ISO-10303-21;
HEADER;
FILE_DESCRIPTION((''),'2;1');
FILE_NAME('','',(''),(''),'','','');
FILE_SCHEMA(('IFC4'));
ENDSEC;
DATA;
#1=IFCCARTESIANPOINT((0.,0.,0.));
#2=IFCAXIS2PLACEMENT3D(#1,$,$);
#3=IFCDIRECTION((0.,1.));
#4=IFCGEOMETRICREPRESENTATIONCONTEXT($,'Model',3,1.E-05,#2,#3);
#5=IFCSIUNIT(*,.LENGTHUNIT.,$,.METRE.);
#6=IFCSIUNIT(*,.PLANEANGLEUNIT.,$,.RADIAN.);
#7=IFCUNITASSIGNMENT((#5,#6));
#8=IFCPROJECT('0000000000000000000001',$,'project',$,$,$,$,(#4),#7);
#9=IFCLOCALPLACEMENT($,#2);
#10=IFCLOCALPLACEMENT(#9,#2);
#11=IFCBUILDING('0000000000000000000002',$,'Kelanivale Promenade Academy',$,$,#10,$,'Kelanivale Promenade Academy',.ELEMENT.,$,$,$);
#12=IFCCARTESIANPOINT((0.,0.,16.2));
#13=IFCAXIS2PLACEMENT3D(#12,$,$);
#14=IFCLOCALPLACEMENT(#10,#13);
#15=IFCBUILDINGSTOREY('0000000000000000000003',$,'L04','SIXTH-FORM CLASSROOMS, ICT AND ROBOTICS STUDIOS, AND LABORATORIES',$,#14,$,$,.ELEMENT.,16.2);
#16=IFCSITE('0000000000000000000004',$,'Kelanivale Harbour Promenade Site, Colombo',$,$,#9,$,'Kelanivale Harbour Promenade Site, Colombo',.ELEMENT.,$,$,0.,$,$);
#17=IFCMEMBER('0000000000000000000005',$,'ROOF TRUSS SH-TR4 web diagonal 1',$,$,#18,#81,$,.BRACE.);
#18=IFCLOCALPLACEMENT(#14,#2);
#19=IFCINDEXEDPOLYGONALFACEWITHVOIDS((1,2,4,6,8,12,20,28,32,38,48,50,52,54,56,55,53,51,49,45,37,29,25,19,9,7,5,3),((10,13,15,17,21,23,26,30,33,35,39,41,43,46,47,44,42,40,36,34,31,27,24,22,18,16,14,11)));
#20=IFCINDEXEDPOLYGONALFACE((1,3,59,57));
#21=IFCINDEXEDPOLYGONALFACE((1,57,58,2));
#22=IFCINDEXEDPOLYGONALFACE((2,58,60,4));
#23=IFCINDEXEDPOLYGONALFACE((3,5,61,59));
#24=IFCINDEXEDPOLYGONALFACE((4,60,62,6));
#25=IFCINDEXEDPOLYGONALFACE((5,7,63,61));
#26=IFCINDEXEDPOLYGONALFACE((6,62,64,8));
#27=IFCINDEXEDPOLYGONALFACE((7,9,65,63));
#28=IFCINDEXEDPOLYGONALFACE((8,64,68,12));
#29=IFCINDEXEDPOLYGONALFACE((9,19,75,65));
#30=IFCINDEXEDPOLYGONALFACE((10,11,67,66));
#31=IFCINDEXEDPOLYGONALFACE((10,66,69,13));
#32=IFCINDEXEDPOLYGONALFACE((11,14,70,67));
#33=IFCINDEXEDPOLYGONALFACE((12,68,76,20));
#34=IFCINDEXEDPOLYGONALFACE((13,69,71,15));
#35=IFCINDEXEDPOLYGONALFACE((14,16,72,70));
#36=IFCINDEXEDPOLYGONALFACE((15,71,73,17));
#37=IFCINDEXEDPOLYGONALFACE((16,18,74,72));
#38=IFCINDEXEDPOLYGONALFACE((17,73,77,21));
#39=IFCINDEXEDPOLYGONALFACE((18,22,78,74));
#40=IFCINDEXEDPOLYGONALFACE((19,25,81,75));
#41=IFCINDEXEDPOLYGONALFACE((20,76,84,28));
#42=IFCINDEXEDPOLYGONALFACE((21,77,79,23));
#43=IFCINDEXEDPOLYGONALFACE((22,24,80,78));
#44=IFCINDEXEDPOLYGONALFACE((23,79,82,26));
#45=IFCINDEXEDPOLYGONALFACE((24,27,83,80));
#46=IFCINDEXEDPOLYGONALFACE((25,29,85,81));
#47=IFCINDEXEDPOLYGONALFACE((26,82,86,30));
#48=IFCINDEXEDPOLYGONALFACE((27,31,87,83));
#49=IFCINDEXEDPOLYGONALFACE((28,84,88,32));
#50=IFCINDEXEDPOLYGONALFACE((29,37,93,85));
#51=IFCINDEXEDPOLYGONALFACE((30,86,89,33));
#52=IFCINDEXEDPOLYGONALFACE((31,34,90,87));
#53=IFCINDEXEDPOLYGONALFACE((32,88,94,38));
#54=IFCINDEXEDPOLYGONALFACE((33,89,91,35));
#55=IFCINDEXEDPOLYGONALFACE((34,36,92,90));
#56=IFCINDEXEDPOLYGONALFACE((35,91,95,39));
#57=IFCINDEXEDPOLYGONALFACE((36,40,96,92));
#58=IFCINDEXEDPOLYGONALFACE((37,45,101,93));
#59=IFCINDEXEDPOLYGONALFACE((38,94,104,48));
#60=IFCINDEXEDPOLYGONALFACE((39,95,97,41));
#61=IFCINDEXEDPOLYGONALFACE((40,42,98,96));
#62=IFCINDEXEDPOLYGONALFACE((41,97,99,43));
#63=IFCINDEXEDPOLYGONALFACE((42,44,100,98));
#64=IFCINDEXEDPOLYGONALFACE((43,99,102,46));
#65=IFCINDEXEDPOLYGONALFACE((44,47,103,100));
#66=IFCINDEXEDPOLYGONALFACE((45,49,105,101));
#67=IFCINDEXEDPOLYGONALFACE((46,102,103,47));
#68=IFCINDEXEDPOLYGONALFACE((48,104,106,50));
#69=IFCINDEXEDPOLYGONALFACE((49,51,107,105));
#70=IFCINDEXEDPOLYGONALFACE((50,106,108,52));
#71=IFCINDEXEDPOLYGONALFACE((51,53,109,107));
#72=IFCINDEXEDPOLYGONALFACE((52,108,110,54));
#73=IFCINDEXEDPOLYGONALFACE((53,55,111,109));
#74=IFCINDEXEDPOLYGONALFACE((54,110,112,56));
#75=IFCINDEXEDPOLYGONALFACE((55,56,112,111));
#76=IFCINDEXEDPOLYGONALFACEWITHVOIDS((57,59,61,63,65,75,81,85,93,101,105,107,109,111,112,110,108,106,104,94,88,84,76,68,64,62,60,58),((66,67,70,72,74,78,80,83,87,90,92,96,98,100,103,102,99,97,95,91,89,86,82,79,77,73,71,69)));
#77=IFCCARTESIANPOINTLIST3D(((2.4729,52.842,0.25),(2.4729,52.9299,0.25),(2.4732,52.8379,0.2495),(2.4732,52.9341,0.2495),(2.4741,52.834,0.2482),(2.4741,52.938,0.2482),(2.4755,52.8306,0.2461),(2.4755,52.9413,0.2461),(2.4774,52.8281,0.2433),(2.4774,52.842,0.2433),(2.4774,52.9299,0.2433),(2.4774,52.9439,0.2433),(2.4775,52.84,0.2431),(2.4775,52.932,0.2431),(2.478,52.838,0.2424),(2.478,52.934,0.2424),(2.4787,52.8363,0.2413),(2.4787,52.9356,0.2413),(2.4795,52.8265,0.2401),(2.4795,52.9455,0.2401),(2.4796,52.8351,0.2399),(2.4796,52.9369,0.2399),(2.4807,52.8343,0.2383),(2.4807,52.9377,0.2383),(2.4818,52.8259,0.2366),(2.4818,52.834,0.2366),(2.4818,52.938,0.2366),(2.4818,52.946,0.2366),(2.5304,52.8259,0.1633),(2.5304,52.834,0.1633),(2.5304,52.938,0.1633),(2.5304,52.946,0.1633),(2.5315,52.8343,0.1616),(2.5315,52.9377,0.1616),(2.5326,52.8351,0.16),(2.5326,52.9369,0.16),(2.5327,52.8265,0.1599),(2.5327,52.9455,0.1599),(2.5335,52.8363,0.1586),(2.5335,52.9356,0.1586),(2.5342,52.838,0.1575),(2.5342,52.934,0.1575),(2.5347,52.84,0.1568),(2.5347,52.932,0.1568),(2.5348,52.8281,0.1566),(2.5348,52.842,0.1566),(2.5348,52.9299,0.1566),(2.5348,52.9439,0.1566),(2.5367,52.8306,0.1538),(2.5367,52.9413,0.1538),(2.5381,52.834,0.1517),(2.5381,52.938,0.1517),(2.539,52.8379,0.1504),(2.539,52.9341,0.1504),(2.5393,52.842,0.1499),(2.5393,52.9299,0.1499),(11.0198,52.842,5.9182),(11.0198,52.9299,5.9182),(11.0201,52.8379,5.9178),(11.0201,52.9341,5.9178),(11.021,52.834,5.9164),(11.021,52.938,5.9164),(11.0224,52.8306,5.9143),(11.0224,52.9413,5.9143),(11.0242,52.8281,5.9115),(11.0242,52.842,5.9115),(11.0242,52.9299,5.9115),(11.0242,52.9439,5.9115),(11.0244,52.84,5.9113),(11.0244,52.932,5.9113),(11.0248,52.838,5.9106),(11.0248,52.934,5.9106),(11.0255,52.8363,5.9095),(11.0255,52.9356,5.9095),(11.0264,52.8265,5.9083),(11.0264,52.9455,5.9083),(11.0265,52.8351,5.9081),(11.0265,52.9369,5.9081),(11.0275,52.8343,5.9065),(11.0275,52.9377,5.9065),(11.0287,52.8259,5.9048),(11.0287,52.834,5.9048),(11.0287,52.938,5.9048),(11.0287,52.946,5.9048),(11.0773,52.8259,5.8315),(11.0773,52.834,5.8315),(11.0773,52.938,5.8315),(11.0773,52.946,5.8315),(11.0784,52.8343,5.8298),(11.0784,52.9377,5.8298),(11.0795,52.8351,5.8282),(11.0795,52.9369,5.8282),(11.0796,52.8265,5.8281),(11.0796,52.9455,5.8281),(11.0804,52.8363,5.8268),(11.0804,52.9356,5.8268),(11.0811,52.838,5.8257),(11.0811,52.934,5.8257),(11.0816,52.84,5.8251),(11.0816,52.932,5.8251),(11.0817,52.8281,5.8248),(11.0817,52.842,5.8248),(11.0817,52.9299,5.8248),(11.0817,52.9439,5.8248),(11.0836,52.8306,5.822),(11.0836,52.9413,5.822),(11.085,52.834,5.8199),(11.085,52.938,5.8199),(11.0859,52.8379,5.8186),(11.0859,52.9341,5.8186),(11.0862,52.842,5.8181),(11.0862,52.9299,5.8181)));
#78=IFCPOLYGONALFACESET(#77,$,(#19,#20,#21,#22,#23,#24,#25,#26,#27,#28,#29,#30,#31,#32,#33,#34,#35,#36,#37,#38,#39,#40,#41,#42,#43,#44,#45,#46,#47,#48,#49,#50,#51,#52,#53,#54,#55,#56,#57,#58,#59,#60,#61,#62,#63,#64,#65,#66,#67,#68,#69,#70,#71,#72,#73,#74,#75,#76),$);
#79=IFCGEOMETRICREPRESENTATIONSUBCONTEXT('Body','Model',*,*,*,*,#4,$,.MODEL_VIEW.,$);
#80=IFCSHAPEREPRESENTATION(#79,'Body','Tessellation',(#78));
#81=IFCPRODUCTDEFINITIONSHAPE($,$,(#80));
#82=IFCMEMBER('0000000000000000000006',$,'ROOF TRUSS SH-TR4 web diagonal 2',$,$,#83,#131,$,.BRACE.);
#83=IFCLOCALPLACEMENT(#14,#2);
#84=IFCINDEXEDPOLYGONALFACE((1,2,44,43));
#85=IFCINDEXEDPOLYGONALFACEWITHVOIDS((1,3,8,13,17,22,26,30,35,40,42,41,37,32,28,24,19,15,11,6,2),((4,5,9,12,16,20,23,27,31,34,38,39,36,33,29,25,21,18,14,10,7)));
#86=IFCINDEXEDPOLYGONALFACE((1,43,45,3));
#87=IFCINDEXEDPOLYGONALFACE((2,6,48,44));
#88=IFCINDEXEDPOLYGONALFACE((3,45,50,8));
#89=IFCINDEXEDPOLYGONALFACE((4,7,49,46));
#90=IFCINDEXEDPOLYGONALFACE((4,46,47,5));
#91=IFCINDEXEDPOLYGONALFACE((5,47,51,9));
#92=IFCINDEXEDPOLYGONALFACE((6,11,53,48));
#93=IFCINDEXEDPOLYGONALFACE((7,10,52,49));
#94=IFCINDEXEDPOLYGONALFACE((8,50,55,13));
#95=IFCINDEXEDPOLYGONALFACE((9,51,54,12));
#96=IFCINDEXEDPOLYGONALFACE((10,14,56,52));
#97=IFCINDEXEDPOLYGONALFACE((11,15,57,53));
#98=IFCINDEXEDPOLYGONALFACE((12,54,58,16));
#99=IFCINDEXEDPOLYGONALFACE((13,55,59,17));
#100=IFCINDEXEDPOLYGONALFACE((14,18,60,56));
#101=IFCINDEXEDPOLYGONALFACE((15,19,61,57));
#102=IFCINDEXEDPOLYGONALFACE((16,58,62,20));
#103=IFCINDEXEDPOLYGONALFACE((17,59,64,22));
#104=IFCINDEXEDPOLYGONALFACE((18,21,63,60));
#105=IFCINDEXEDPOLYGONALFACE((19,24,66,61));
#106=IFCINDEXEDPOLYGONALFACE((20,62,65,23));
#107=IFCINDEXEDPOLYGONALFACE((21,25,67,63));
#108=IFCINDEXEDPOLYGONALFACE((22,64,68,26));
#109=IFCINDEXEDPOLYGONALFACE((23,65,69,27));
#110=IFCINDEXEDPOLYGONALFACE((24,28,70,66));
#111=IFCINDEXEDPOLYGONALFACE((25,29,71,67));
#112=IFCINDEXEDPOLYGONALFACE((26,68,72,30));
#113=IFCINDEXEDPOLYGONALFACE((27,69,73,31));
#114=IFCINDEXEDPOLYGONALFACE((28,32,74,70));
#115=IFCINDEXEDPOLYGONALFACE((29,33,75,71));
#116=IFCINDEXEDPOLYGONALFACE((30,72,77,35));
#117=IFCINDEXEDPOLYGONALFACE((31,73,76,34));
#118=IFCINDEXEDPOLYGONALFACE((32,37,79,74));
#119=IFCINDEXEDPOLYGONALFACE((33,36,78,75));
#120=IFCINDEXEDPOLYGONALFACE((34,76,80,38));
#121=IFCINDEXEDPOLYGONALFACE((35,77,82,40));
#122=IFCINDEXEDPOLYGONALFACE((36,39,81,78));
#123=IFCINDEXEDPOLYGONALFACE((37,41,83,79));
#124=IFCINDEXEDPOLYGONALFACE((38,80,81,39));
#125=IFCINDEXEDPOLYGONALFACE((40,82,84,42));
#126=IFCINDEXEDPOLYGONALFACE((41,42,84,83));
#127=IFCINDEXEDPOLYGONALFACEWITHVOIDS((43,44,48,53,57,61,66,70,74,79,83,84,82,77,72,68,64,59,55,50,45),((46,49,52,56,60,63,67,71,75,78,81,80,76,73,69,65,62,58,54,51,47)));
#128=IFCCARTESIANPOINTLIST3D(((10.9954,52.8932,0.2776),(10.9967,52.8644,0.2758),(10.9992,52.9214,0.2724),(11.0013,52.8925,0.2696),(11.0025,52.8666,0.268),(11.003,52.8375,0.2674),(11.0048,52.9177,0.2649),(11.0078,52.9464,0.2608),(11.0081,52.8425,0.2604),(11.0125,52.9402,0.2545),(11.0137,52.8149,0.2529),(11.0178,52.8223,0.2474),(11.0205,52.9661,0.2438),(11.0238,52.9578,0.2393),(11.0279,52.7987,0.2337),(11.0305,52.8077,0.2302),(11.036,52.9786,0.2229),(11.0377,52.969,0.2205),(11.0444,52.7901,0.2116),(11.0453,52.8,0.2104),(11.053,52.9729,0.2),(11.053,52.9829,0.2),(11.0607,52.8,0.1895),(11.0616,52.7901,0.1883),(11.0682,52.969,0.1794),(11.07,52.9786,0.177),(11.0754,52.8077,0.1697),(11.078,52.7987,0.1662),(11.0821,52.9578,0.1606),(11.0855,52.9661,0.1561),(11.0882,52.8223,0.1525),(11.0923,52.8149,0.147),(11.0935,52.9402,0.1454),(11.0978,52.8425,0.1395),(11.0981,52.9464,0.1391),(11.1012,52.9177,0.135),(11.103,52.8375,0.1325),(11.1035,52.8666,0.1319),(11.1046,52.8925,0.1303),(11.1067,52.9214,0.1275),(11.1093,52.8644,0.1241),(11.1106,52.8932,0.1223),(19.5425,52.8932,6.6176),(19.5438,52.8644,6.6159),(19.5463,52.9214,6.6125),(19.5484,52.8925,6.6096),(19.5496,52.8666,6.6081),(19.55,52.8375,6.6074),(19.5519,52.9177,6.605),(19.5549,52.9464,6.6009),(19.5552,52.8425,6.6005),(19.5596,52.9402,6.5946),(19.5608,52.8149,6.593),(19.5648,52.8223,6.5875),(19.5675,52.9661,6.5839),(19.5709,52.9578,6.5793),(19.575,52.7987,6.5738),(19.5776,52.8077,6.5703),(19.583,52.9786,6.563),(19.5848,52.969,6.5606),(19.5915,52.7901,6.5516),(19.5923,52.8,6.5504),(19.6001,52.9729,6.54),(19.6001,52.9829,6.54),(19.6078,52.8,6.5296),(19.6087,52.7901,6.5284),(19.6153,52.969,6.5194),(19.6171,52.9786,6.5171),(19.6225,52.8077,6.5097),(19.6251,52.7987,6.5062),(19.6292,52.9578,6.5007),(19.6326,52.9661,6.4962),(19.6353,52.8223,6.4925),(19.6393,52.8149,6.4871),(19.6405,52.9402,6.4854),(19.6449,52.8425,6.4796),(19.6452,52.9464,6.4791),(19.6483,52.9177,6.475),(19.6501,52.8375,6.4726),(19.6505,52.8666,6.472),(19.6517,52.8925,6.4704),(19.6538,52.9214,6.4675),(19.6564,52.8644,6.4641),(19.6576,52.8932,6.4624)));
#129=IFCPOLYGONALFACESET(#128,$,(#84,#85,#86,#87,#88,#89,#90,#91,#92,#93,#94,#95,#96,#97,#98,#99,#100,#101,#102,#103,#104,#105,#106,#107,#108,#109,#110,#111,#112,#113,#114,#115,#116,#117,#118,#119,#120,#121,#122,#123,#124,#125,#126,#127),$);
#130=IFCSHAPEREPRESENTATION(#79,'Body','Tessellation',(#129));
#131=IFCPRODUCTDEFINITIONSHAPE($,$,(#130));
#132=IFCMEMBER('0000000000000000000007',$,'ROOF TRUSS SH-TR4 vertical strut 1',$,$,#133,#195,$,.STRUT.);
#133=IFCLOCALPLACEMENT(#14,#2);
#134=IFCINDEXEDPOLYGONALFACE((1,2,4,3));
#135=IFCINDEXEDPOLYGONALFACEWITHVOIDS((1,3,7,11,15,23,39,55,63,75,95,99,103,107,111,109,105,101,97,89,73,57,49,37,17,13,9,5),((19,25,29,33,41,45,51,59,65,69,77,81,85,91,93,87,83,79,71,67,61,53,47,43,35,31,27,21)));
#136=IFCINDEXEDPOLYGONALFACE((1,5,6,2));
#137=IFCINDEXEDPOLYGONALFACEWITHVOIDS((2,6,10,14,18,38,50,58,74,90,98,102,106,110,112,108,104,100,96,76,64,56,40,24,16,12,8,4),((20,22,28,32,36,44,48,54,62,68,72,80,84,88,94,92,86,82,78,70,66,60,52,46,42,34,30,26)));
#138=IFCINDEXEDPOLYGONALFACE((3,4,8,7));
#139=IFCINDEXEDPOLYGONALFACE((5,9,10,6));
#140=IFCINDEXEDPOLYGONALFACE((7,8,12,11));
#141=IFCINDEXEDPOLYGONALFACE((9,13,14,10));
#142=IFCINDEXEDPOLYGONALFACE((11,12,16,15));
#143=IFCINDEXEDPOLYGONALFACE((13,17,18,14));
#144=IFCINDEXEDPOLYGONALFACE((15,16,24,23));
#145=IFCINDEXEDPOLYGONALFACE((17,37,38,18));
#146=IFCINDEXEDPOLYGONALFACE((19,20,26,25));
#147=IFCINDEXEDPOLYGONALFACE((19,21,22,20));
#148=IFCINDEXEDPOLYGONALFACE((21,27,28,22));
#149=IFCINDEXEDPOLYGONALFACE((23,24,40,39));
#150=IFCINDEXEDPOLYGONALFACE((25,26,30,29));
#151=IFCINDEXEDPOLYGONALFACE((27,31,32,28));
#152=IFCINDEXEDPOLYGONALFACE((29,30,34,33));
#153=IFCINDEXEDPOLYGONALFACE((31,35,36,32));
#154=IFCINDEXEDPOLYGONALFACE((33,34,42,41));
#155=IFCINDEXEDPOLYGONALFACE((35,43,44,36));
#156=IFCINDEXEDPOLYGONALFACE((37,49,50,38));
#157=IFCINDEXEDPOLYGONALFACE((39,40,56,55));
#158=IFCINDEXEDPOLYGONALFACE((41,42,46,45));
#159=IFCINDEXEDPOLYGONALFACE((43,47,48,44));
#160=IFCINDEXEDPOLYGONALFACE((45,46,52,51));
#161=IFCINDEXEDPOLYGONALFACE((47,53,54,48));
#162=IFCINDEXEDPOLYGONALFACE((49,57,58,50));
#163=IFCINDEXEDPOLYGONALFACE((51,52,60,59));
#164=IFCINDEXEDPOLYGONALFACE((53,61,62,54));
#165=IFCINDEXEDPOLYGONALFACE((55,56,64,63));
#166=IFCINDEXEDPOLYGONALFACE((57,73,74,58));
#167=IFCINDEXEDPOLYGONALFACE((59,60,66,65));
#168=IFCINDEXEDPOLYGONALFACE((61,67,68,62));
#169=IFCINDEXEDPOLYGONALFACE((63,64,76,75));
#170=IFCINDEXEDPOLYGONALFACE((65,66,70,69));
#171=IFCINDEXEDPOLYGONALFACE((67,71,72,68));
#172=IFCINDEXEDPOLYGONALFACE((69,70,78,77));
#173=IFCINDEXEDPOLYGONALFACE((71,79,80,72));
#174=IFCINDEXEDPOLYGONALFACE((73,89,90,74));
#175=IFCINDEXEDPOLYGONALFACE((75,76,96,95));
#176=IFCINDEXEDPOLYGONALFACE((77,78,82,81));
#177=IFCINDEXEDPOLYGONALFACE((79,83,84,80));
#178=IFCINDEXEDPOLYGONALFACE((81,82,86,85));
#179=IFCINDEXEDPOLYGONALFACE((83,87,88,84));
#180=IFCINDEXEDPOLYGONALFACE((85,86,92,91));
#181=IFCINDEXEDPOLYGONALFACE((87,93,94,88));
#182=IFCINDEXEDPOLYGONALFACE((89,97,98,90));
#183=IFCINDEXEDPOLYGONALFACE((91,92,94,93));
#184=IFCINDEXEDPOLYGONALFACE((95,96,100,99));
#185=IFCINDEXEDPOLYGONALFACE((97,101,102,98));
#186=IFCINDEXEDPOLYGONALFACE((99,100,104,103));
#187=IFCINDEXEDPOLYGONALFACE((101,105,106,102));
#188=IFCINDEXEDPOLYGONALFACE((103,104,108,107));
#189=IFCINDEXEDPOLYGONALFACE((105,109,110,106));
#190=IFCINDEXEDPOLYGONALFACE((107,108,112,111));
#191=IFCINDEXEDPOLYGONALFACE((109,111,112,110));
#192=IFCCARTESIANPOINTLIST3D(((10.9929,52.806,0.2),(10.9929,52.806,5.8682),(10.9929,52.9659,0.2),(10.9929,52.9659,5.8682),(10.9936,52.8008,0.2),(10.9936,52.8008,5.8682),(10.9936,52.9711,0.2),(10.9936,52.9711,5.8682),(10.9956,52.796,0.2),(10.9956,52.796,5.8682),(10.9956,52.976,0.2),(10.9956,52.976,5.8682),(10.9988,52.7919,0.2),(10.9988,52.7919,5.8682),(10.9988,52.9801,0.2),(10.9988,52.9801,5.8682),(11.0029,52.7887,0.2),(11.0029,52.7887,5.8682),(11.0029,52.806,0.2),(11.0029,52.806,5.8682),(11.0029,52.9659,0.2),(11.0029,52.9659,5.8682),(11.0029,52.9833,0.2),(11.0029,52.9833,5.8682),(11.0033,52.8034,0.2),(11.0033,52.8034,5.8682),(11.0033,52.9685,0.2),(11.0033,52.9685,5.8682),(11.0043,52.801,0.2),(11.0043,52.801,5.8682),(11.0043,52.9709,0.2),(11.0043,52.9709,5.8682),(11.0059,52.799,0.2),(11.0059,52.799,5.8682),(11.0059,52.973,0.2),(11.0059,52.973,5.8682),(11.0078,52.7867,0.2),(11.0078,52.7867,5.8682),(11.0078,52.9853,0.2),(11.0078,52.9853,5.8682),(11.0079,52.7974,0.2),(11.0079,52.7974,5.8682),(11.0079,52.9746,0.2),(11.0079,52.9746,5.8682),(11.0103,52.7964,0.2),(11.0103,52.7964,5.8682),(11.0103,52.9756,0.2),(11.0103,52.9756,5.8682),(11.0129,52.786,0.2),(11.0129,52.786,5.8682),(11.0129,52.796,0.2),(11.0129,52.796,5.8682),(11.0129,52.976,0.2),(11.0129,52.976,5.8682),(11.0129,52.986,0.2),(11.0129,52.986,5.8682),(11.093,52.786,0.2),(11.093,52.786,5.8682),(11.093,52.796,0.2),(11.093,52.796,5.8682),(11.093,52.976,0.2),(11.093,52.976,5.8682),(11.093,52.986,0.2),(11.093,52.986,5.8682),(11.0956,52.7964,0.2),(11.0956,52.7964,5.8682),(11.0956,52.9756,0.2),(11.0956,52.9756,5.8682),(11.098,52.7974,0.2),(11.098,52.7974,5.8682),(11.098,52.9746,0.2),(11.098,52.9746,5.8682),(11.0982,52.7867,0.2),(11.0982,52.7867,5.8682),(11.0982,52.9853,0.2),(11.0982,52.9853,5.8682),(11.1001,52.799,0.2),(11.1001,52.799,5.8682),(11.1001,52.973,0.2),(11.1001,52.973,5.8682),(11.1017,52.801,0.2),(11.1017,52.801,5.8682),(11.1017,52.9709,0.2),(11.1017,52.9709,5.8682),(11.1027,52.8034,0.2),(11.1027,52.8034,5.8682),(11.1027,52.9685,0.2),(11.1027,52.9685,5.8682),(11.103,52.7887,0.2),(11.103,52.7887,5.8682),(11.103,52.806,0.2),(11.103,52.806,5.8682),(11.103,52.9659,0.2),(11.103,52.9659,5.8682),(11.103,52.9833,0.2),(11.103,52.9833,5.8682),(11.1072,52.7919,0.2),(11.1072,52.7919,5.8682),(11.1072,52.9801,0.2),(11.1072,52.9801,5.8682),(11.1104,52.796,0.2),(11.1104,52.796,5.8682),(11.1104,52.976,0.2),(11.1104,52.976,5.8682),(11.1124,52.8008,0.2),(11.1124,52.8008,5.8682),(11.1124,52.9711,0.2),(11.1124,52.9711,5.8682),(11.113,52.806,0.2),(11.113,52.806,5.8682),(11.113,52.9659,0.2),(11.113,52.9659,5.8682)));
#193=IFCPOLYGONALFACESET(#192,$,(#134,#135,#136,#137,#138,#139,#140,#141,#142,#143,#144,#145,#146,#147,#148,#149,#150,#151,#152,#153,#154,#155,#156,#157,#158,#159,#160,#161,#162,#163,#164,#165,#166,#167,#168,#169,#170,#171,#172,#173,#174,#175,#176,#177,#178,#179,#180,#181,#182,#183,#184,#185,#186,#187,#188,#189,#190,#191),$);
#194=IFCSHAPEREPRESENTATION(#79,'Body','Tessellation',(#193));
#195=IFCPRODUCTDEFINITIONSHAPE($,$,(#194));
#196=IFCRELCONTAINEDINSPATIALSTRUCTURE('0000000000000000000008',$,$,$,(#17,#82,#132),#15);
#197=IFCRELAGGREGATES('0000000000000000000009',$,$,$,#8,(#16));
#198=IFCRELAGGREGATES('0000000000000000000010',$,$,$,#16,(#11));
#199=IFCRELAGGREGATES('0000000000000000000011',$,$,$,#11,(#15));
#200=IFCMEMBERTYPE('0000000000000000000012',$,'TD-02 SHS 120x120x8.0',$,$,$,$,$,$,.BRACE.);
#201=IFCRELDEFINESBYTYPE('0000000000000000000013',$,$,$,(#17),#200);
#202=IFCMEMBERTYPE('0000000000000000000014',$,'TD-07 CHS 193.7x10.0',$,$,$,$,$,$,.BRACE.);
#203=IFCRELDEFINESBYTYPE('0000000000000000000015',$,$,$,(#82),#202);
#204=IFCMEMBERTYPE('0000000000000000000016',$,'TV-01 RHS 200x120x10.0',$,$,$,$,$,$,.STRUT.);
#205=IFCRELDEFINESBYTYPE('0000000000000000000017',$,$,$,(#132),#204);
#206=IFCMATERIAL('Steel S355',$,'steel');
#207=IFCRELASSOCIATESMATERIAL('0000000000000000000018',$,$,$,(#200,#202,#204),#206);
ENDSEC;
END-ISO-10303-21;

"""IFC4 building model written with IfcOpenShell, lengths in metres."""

from ifc_helpers import new_model, si_unit, direction, frame, origin, origin_2d, place, context, subcontext, project, spatial, hollow_rectangle, hollow_circle, extrude, material, material_profile, profile_set, type_object, element, save


model = new_model("IFC4")

# Units and contexts
model_context = context("Model", 3, precision=1e-05, world=origin(), true_north=direction((0.0, 1.0)))
body_context = subcontext(model_context, "Body", "Model", "MODEL_VIEW")
ifc_project = project(units=[si_unit("LENGTHUNIT", "METRE"), si_unit("PLANEANGLEUNIT", "RADIAN")], contexts=[model_context])

# Site, building, storey
site_placement = place(None, origin())
site = spatial("IfcSite", under=ifc_project, at=site_placement, Name="Kelanivale Harbour Promenade Site, Colombo", LongName="Kelanivale Harbour Promenade Site, Colombo", CompositionType="ELEMENT", RefElevation=0.0)
building_placement = place(site_placement, origin())
building = spatial("IfcBuilding", under=site, at=building_placement, Name="Kelanivale Promenade Academy", LongName="Kelanivale Promenade Academy", CompositionType="ELEMENT")
storey_placement = place(building_placement, frame((0.0, 0.0, 16.2)))
storey = spatial("IfcBuildingStorey", under=building, at=storey_placement, Name="L04", Description="SIXTH-FORM CLASSROOMS, ICT AND ROBOTICS STUDIOS, AND LABORATORIES", CompositionType="ELEMENT", Elevation=16.2)

# Shared definitions
ifc_material_1 = material(Name="Steel S355", Category="steel")

# Members
ifc_material_profile_1 = material_profile(ifc_material_1, hollow_rectangle(XDim=0.1201, YDim=0.1201, WallThickness=0.0081, InnerFilletRadius=0.0081, OuterFilletRadius=0.0161, at=origin_2d()), Name="SHS 120x120x8.0")
ifc_profile_set_1 = profile_set([ifc_material_profile_1], Name="Steel S355")
member_type_1 = type_object("IfcMemberType", Name="TD-02 SHS 120x120x8.0", PredefinedType="BRACE", material=ifc_profile_set_1)
member_1_placement = place(storey_placement, frame((2.5061, 52.886, 0.2), z_axis=(0.833385, 0.0, 0.552693), x_axis=(0.0, 1.0, 0.0)))
element("IfcMember", 1, at=member_1_placement, inside=storey, type_object=member_type_1, Name="ROOF TRUSS SH-TR4 web diagonal 1", PredefinedType="BRACE", context=body_context, shape_type="SweptSolid", body=[
    extrude(hollow_rectangle(XDim=0.1201, YDim=0.1201, WallThickness=0.0081, InnerFilletRadius=0.0081, OuterFilletRadius=0.0161, at=origin_2d()), origin(), (0.0, 0.0, 1.0), 10.2556),
])
ifc_material_profile_2 = material_profile(ifc_material_1, hollow_circle(Radius=0.0969, WallThickness=0.01, at=origin_2d()), Name="CHS 193.7x10.0")
ifc_profile_set_2 = profile_set([ifc_material_profile_2], Name="Steel S355")
member_type_2 = type_object("IfcMemberType", Name="TD-07 CHS 193.7x10.0", PredefinedType="BRACE", material=ifc_profile_set_2)
member_2_placement = place(storey_placement, frame((11.053, 52.886, 0.2), z_axis=(0.803158, 0.0, 0.595767), x_axis=(0.0, 1.0, 0.0)))
element("IfcMember", 2, at=member_2_placement, inside=storey, type_object=member_type_2, Name="ROOF TRUSS SH-TR4 web diagonal 2", PredefinedType="BRACE", context=body_context, shape_type="SweptSolid", body=[
    extrude(hollow_circle(Radius=0.0969, WallThickness=0.01, at=origin_2d()), origin(), (0.0, 0.0, 1.0), 10.6418),
])
ifc_material_profile_3 = material_profile(ifc_material_1, hollow_rectangle(XDim=0.1201, YDim=0.2, WallThickness=0.01, InnerFilletRadius=0.01, OuterFilletRadius=0.02, at=origin_2d()), Name="RHS 200x120x10.0")
ifc_profile_set_3 = profile_set([ifc_material_profile_3], Name="Steel S355")
member_type_3 = type_object("IfcMemberType", Name="TV-01 RHS 200x120x10.0", PredefinedType="STRUT", material=ifc_profile_set_3)
member_3_placement = place(storey_placement, frame((11.053, 52.886, 0.2), z_axis=(0.0, 0.0, 1.0), x_axis=(1.0, 0.0, 0.0)))
element("IfcMember", 3, at=member_3_placement, inside=storey, type_object=member_type_3, Name="ROOF TRUSS SH-TR4 vertical strut 1", PredefinedType="STRUT", context=body_context, shape_type="SweptSolid", body=[
    extrude(hollow_rectangle(XDim=0.1201, YDim=0.2, WallThickness=0.01, InnerFilletRadius=0.01, OuterFilletRadius=0.02, at=origin_2d()), origin(), (0.0, 0.0, 1.0), 5.6682),
])

save(model, "model.ifc")
